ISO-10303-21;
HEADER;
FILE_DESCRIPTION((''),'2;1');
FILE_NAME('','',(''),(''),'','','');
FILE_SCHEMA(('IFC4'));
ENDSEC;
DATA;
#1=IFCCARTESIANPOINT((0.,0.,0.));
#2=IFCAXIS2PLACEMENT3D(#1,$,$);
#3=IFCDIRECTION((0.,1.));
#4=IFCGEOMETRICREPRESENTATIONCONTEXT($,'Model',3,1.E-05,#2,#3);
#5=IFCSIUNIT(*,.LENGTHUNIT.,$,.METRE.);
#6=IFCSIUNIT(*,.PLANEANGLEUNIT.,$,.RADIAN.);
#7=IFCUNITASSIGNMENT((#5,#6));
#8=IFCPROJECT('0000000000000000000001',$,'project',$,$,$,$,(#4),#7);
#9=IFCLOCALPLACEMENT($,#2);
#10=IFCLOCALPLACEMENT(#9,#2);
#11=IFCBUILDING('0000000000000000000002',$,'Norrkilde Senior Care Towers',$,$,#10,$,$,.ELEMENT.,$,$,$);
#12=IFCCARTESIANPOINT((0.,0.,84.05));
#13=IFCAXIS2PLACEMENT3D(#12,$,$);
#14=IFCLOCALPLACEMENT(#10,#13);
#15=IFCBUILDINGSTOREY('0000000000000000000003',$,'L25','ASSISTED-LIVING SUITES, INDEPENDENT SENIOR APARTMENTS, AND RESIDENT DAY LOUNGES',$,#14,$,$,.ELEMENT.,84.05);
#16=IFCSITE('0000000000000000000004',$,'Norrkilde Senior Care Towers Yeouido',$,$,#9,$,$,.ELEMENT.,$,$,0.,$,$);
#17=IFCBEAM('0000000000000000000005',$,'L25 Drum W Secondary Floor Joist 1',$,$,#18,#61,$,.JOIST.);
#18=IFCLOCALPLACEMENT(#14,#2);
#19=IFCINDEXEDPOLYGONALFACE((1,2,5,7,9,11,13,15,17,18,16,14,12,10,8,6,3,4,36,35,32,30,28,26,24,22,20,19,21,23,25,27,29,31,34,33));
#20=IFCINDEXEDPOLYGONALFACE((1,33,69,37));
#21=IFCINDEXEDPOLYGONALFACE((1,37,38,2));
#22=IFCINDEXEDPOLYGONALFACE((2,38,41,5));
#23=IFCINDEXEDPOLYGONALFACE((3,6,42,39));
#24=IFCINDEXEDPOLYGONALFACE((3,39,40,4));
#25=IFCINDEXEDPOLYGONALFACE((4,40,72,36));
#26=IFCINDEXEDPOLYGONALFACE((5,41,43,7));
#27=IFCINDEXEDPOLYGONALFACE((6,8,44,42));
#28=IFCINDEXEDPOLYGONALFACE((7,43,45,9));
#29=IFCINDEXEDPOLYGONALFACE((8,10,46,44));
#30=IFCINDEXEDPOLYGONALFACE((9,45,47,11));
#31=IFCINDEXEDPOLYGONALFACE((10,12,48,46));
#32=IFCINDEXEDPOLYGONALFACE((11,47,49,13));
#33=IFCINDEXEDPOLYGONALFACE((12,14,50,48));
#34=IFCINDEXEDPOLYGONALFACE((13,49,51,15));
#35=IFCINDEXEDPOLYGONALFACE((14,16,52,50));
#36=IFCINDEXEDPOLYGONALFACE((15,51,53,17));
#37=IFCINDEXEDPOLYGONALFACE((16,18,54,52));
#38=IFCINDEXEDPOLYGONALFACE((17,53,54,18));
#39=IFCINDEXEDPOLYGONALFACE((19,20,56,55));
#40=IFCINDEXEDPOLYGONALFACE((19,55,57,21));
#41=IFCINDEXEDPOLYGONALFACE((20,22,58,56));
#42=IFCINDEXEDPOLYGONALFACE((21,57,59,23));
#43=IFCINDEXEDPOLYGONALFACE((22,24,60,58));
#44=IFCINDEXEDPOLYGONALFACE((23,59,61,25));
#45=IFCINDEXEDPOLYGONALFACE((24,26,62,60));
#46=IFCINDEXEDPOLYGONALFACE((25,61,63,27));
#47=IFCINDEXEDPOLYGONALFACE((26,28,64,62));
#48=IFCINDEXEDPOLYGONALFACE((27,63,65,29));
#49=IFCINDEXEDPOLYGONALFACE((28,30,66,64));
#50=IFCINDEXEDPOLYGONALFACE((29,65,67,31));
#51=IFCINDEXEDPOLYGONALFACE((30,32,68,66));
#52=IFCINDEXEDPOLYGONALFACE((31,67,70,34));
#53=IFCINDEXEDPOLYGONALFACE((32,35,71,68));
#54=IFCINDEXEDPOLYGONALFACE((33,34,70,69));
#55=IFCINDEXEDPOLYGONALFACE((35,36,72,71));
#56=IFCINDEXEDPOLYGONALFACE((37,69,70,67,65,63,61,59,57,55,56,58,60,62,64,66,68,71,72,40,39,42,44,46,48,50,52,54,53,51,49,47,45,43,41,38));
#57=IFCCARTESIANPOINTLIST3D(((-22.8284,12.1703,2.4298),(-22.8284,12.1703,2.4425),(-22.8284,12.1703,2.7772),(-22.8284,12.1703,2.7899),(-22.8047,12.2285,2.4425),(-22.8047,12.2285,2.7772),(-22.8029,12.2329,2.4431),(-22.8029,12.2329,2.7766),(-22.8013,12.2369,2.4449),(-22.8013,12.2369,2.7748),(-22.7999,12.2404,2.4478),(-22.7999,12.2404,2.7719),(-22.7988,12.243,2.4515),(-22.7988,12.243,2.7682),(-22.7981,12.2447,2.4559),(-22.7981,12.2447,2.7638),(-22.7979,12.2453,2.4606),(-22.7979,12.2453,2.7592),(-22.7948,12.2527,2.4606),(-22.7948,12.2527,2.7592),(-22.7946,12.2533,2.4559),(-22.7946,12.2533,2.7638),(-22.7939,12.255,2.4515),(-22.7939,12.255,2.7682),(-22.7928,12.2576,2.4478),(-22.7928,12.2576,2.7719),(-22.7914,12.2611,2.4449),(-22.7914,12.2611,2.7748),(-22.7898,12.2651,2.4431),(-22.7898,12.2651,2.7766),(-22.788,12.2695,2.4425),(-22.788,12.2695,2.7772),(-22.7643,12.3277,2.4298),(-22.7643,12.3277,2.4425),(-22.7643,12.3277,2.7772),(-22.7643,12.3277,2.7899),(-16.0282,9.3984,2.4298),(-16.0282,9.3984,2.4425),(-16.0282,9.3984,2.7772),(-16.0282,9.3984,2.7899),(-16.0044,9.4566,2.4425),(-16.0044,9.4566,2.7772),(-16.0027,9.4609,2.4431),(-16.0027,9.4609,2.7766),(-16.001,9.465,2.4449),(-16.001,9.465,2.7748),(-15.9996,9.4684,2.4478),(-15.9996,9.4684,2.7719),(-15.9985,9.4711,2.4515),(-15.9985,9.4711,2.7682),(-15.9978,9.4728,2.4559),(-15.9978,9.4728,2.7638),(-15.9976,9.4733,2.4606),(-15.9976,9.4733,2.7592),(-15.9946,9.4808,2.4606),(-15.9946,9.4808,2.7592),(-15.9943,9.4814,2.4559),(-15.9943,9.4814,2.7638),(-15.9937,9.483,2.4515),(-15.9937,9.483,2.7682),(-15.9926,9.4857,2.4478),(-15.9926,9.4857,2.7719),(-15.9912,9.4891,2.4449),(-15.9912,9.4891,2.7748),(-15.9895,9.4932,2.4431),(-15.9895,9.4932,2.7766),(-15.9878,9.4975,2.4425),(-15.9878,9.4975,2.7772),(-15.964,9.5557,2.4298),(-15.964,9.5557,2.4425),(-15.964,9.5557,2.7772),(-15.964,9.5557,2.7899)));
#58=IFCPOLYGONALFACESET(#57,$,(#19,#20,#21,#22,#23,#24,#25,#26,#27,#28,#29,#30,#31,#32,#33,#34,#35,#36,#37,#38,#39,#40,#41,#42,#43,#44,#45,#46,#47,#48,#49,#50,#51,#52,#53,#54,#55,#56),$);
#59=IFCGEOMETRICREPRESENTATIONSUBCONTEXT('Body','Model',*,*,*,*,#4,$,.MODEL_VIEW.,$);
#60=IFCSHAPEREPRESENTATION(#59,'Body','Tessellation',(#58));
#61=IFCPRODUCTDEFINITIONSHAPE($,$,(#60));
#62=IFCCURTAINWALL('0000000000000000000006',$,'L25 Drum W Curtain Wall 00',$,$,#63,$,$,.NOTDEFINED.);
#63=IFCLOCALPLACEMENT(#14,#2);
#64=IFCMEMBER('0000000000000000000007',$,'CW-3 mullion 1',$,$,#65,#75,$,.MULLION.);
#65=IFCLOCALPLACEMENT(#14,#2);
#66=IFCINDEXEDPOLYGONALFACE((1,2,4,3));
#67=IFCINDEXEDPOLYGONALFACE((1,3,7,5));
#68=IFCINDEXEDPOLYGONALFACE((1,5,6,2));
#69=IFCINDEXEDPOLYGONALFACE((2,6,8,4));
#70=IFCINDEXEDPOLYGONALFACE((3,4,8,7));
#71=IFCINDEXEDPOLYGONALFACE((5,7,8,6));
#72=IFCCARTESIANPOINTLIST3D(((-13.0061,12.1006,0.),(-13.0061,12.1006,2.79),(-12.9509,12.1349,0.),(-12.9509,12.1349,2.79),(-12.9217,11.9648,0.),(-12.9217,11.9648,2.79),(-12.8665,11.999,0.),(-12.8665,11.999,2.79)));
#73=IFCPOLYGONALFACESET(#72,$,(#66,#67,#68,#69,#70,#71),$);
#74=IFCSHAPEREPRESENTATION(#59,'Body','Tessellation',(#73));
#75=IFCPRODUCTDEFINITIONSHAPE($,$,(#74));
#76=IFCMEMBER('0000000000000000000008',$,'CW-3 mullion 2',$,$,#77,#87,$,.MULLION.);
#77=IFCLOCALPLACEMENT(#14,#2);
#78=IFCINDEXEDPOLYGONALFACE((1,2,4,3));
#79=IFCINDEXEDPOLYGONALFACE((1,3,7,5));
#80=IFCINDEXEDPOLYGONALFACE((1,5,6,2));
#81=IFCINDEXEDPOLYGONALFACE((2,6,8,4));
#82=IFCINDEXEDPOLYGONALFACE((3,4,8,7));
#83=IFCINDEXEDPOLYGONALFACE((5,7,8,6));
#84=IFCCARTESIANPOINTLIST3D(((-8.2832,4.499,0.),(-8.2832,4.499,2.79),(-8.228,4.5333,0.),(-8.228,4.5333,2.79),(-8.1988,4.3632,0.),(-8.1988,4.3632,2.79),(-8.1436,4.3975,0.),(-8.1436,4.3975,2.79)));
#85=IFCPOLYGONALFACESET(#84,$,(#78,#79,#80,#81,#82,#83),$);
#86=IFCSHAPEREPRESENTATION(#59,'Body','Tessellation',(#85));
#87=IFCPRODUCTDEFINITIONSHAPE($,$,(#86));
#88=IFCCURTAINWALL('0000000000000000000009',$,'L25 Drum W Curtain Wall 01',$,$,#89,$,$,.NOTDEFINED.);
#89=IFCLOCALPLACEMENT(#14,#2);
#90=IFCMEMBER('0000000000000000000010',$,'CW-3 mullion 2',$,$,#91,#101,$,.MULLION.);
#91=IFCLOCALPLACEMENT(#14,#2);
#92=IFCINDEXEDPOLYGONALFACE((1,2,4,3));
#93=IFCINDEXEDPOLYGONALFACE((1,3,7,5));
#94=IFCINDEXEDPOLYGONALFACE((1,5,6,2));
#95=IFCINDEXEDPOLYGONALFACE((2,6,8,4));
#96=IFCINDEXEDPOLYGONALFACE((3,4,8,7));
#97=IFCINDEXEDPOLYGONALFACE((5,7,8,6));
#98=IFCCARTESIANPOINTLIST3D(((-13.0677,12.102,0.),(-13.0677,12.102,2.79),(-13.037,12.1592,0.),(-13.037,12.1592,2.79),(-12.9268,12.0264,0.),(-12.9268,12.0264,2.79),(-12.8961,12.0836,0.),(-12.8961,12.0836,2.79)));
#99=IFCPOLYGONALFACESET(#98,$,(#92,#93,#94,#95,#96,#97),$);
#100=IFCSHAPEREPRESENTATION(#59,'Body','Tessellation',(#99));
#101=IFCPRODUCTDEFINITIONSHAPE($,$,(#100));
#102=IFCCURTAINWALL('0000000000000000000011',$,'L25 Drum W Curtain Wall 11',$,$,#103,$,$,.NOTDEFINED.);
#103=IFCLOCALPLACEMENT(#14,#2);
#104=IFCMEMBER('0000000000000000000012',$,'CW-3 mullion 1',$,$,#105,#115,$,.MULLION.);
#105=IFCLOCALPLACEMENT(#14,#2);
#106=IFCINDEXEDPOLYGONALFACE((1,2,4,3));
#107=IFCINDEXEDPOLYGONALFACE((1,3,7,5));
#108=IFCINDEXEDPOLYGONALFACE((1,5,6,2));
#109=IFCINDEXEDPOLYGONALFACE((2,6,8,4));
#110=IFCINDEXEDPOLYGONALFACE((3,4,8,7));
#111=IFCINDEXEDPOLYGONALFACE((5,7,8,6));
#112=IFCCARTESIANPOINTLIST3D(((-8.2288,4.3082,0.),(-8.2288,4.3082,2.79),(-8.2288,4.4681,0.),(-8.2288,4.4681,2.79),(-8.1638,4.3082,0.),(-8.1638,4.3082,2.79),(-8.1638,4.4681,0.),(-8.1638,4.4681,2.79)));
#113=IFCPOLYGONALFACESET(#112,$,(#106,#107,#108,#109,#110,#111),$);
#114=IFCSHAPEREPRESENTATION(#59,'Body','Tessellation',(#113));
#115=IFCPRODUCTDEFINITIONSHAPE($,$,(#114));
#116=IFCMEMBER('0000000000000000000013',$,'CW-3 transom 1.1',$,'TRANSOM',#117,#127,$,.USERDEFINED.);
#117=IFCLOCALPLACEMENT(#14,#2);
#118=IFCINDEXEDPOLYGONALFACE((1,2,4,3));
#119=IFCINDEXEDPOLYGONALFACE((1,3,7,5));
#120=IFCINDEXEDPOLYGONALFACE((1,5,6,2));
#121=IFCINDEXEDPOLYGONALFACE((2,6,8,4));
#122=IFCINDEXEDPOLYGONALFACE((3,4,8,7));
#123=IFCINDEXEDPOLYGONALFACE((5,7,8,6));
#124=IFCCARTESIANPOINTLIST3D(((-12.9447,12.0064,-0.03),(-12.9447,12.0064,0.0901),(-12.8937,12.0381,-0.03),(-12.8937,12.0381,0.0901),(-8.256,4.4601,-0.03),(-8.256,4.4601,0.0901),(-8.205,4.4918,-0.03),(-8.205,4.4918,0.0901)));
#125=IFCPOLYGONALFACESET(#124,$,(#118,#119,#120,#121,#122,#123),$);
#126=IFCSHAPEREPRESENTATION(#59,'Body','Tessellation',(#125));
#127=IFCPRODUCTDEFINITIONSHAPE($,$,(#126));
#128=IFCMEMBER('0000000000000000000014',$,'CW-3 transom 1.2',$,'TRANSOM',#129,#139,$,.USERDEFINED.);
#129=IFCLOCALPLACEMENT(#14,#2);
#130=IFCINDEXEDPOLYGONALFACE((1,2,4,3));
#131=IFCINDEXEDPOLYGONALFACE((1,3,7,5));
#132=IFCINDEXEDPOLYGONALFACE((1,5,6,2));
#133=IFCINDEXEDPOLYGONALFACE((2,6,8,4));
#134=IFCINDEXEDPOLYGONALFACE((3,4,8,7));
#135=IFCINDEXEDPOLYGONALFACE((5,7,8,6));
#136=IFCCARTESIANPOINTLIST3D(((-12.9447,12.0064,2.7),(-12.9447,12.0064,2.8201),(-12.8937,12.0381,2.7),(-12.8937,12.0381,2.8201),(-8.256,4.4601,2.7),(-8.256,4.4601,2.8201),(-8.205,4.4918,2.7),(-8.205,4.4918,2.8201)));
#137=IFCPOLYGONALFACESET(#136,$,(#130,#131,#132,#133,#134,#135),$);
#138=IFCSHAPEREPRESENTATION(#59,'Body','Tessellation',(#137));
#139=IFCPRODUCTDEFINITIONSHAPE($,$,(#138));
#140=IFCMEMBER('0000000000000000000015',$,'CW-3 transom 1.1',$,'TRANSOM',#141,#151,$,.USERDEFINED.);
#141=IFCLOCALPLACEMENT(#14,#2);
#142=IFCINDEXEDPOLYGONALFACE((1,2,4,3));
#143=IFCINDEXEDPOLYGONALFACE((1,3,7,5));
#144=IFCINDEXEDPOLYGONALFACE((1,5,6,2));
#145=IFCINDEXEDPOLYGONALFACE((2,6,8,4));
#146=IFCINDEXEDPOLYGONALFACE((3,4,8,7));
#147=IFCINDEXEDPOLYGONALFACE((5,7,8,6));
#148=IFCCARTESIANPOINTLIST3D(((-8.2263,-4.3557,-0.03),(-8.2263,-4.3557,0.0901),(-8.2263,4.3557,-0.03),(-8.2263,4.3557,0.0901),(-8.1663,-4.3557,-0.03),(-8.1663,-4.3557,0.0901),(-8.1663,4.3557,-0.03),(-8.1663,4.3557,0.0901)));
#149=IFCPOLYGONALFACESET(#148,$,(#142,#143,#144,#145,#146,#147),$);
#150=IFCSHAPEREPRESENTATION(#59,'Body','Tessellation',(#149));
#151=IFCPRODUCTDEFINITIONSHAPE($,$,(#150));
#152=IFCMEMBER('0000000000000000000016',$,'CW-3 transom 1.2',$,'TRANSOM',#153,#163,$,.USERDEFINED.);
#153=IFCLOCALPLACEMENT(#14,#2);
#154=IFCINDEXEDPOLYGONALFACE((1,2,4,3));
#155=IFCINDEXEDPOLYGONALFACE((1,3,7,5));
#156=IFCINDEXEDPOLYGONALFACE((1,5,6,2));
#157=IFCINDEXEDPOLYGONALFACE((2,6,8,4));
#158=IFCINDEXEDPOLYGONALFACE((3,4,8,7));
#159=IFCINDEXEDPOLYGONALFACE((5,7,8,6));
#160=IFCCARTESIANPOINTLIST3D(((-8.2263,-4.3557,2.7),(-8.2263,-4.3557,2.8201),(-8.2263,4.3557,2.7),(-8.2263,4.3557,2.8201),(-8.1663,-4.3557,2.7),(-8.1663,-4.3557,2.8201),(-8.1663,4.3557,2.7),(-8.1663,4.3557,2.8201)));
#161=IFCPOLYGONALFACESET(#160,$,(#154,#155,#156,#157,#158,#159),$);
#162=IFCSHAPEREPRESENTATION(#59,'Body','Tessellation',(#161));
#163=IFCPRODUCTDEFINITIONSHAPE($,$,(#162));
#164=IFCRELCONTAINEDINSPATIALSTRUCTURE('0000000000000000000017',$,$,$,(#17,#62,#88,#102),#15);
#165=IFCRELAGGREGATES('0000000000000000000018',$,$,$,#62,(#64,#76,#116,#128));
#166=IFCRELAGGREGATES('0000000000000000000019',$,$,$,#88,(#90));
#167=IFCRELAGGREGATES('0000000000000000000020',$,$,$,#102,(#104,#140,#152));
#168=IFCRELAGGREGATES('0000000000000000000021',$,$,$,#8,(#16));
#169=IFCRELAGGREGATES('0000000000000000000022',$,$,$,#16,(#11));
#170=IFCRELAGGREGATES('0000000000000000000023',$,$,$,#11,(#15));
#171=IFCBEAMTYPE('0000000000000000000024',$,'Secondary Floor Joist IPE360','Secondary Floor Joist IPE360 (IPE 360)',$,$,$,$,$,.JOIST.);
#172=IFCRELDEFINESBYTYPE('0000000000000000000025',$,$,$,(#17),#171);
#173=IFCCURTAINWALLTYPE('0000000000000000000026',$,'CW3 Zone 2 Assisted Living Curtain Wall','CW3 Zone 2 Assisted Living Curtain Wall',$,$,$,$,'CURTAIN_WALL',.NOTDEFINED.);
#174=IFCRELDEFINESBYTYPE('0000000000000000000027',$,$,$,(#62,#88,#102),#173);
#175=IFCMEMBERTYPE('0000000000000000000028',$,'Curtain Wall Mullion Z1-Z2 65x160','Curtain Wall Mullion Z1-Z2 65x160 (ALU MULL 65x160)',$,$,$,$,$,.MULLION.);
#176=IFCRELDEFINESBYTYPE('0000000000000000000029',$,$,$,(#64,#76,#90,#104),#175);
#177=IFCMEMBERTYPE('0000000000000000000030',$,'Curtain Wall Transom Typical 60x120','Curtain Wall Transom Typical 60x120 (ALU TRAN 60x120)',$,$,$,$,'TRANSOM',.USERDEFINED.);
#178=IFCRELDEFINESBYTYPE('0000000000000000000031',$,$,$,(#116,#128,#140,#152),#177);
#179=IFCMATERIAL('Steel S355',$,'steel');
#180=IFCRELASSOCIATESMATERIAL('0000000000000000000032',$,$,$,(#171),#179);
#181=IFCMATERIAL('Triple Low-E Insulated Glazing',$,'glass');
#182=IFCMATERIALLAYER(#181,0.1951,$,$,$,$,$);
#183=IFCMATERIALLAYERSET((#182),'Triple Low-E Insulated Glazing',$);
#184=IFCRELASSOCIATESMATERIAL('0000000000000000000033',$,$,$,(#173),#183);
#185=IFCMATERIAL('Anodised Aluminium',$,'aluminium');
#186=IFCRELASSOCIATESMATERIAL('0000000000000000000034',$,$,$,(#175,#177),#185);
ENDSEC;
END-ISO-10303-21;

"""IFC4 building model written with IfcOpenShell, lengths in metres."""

from ifc_helpers import new_model, si_unit, direction, frame, origin, origin_2d, place, context, subcontext, project, spatial, rectangle, i_section, extrude, source, transform, mapped, material, layer, layer_set, material_profile, profile_set, type_object, type_shapes, element, aggregate, save


model = new_model("IFC4")

# Units and contexts
model_context = context("Model", 3, precision=1e-05, world=origin(), true_north=direction((0.0, 1.0)))
body_context = subcontext(model_context, "Body", "Model", "MODEL_VIEW")
ifc_project = project(units=[si_unit("LENGTHUNIT", "METRE"), si_unit("PLANEANGLEUNIT", "RADIAN")], contexts=[model_context])

# Site, building, storey
site_placement = place(None, origin())
site = spatial("IfcSite", under=ifc_project, at=site_placement, Name="Norrkilde Senior Care Towers Yeouido", CompositionType="ELEMENT", RefElevation=0.0)
building_placement = place(site_placement, origin())
building = spatial("IfcBuilding", under=site, at=building_placement, Name="Norrkilde Senior Care Towers", CompositionType="ELEMENT")
storey_placement = place(building_placement, frame((0.0, 0.0, 84.05)))
storey = spatial("IfcBuildingStorey", under=building, at=storey_placement, Name="L25", Description="ASSISTED-LIVING SUITES, INDEPENDENT SENIOR APARTMENTS, AND RESIDENT DAY LOUNGES", CompositionType="ELEMENT", Elevation=84.05)

# Beam
ifc_material_1 = material(Name="Steel S355", Category="steel")
ifc_material_profile_1 = material_profile(ifc_material_1, i_section(OverallWidth=0.1699, OverallDepth=0.3601, WebThickness=0.0081, FlangeThickness=0.0127, FilletRadius=0.0181, at=origin_2d()), Name="IPE 360")
ifc_profile_set_1 = profile_set([ifc_material_profile_1], Name="Steel S355")
beam_type_1 = type_object("IfcBeamType", Name="Secondary Floor Joist IPE360", Description="Secondary Floor Joist IPE360 (IPE 360)", PredefinedType="JOIST", material=ifc_profile_set_1)
shared_shape_1 = source(origin(), body_context, "Body", "SweptSolid", [
    extrude(i_section(OverallWidth=0.1699, OverallDepth=0.3601, WebThickness=0.0081, FlangeThickness=0.0127, FilletRadius=0.0181, at=origin_2d()), origin(), (0.0, 0.0, 1.0), 7.3435),
])
type_shapes(beam_type_1, [shared_shape_1])
beam_1_placement = place(storey_placement, frame((-15.9961, 9.4771, 2.6099), z_axis=(-0.926022, 0.37747, 0.0), x_axis=(-0.37747, -0.926022, 0.0)))
element("IfcBeam", 1, at=beam_1_placement, inside=storey, type_object=beam_type_1, Name="L25 Drum W Secondary Floor Joist 1", PredefinedType="JOIST", context=body_context, shape_type="MappedRepresentation", body=[
    mapped(shared_shape_1, transform((0.0, 0.0, 0.0), x_axis=(1.0, 0.0, 0.0), y_axis=(0.0, 1.0, 0.0), z_axis=(0.0, 0.0, 1.0), scale=1.0)),
])

# Curtain wall, members
ifc_material_2 = material(Name="Triple Low-E Insulated Glazing", Category="glass")
ifc_layer_1 = layer(ifc_material_2, 0.1951)
ifc_layer_set_1 = layer_set([ifc_layer_1], Name="Triple Low-E Insulated Glazing")
curtain_wall_type = type_object("IfcCurtainWallType", Name="CW3 Zone 2 Assisted Living Curtain Wall", Description="CW3 Zone 2 Assisted Living Curtain Wall", ElementType="CURTAIN_WALL", PredefinedType="NOTDEFINED", material=ifc_layer_set_1)
curtain_wall_1_placement = place(storey_placement, origin())
curtain_wall_1 = element("IfcCurtainWall", 2, at=curtain_wall_1_placement, inside=storey, type_object=curtain_wall_type, Name="L25 Drum W Curtain Wall 00", PredefinedType="NOTDEFINED")
ifc_material_3 = material(Name="Anodised Aluminium", Category="aluminium")
ifc_material_profile_2 = material_profile(ifc_material_3, rectangle(XDim=0.0649, YDim=0.1599, at=origin_2d()), Name="ALU MULL 65x160")
ifc_profile_set_2 = profile_set([ifc_material_profile_2], Name="Anodised Aluminium")
member_type_1 = type_object("IfcMemberType", Name="Curtain Wall Mullion Z1-Z2 65x160", Description="Curtain Wall Mullion Z1-Z2 65x160 (ALU MULL 65x160)", PredefinedType="MULLION", material=ifc_profile_set_2)
shared_shape_2 = source(origin(), body_context, "Body", "SweptSolid", [
    extrude(rectangle(XDim=0.0649, YDim=0.1599, at=origin_2d()), origin(), (0.0, 0.0, 1.0), 2.79),
])
type_shapes(member_type_1, [shared_shape_2])
member_1_placement = place(storey_placement, frame((-12.9363, 12.0498, 0.0), z_axis=(0.0, 0.0, 1.0), x_axis=(0.84941, 0.527733, 0.0)))
member_1 = element("IfcMember", 3, at=member_1_placement, type_object=member_type_1, Name="CW-3 mullion 1", PredefinedType="MULLION", context=body_context, shape_type="MappedRepresentation", body=[
    mapped(shared_shape_2, transform((0.0, 0.0, 0.0), x_axis=(1.0, 0.0, 0.0), y_axis=(0.0, 1.0, 0.0), z_axis=(0.0, 0.0, 1.0), scale=1.0)),
])
member_2_placement = place(storey_placement, frame((-8.2134, 4.4482, 0.0), z_axis=(0.0, 0.0, 1.0), x_axis=(0.84941, 0.527733, 0.0)))
member_2 = element("IfcMember", 4, at=member_2_placement, type_object=member_type_1, Name="CW-3 mullion 2", PredefinedType="MULLION", context=body_context, shape_type="MappedRepresentation", body=[
    mapped(shared_shape_2, transform((0.0, 0.0, 0.0), x_axis=(1.0, 0.0, 0.0), y_axis=(0.0, 1.0, 0.0), z_axis=(0.0, 0.0, 1.0), scale=1.0)),
])

# Curtain walls, members
curtain_wall_2_placement = place(storey_placement, origin())
curtain_wall_2 = element("IfcCurtainWall", 5, at=curtain_wall_2_placement, inside=storey, type_object=curtain_wall_type, Name="L25 Drum W Curtain Wall 01", PredefinedType="NOTDEFINED")
member_3_placement = place(storey_placement, frame((-12.9819, 12.0928, 0.0), z_axis=(0.0, 0.0, 1.0), x_axis=(0.472769, 0.881186, 0.0)))
member_3 = element("IfcMember", 6, at=member_3_placement, type_object=member_type_1, Name="CW-3 mullion 2", PredefinedType="MULLION", context=body_context, shape_type="MappedRepresentation", body=[
    mapped(shared_shape_2, transform((0.0, 0.0, 0.0), x_axis=(1.0, 0.0, 0.0), y_axis=(0.0, 1.0, 0.0), z_axis=(0.0, 0.0, 1.0), scale=1.0)),
])
curtain_wall_3_placement = place(storey_placement, origin())
curtain_wall_3 = element("IfcCurtainWall", 7, at=curtain_wall_3_placement, inside=storey, type_object=curtain_wall_type, Name="L25 Drum W Curtain Wall 11", PredefinedType="NOTDEFINED")
member_4_placement = place(storey_placement, frame((-8.1963, 4.3882, 0.0), z_axis=(0.0, 0.0, 1.0), x_axis=(1.0, 0.0, 0.0)))
member_4 = element("IfcMember", 8, at=member_4_placement, type_object=member_type_1, Name="CW-3 mullion 1", PredefinedType="MULLION", context=body_context, shape_type="MappedRepresentation", body=[
    mapped(shared_shape_2, transform((0.0, 0.0, 0.0), x_axis=(1.0, 0.0, 0.0), y_axis=(0.0, 1.0, 0.0), z_axis=(0.0, 0.0, 1.0), scale=1.0)),
])

# Members
ifc_material_profile_3 = material_profile(ifc_material_3, rectangle(XDim=0.0601, YDim=0.1201, at=origin_2d()), Name="ALU TRAN 60x120")
ifc_profile_set_3 = profile_set([ifc_material_profile_3], Name="Anodised Aluminium")
member_type_2 = type_object("IfcMemberType", Name="Curtain Wall Transom Typical 60x120", Description="Curtain Wall Transom Typical 60x120 (ALU TRAN 60x120)", ElementType="TRANSOM", PredefinedType="USERDEFINED", material=ifc_profile_set_3)
shared_shape_3 = source(origin(), body_context, "Body", "SweptSolid", [
    extrude(rectangle(XDim=0.0601, YDim=0.1201, at=origin_2d()), origin(), (0.0, 0.0, 1.0), 8.8843),
])
member_5_placement = place(storey_placement, frame((-12.9192, 12.0222, 0.03), z_axis=(0.527749, -0.8494, 0.0), x_axis=(0.8494, 0.527749, 0.0)))
member_5 = element("IfcMember", 9, at=member_5_placement, type_object=member_type_2, Name="CW-3 transom 1.1", ObjectType="TRANSOM", PredefinedType="USERDEFINED", context=body_context, shape_type="MappedRepresentation", body=[
    mapped(shared_shape_3, transform((0.0, 0.0, 0.0), x_axis=(1.0, 0.0, 0.0), y_axis=(0.0, 1.0, 0.0), z_axis=(0.0, 0.0, 1.0), scale=1.0)),
])
member_6_placement = place(storey_placement, frame((-12.9192, 12.0222, 2.76), z_axis=(0.527749, -0.8494, 0.0), x_axis=(0.8494, 0.527749, 0.0)))
member_6 = element("IfcMember", 10, at=member_6_placement, type_object=member_type_2, Name="CW-3 transom 1.2", ObjectType="TRANSOM", PredefinedType="USERDEFINED", context=body_context, shape_type="MappedRepresentation", body=[
    mapped(shared_shape_3, transform((0.0, 0.0, 0.0), x_axis=(1.0, 0.0, 0.0), y_axis=(0.0, 1.0, 0.0), z_axis=(0.0, 0.0, 1.0), scale=1.0)),
])
shared_shape_4 = source(origin(), body_context, "Body", "SweptSolid", [
    extrude(rectangle(XDim=0.0601, YDim=0.1201, at=origin_2d()), origin(), (0.0, 0.0, 1.0), 8.7114),
])
type_shapes(member_type_2, [shared_shape_3, shared_shape_4])
member_7_placement = place(storey_placement, frame((-8.1963, 4.3557, 0.03), z_axis=(0.0, -1.0, 0.0), x_axis=(1.0, 0.0, 0.0)))
member_7 = element("IfcMember", 11, at=member_7_placement, type_object=member_type_2, Name="CW-3 transom 1.1", ObjectType="TRANSOM", PredefinedType="USERDEFINED", context=body_context, shape_type="MappedRepresentation", body=[
    mapped(shared_shape_4, transform((0.0, 0.0, 0.0), x_axis=(1.0, 0.0, 0.0), y_axis=(0.0, 1.0, 0.0), z_axis=(0.0, 0.0, 1.0), scale=1.0)),
])
member_8_placement = place(storey_placement, frame((-8.1963, 4.3557, 2.76), z_axis=(0.0, -1.0, 0.0), x_axis=(1.0, 0.0, 0.0)))
member_8 = element("IfcMember", 12, at=member_8_placement, type_object=member_type_2, Name="CW-3 transom 1.2", ObjectType="TRANSOM", PredefinedType="USERDEFINED", context=body_context, shape_type="MappedRepresentation", body=[
    mapped(shared_shape_4, transform((0.0, 0.0, 0.0), x_axis=(1.0, 0.0, 0.0), y_axis=(0.0, 1.0, 0.0), z_axis=(0.0, 0.0, 1.0), scale=1.0)),
])

aggregate(curtain_wall_1, [member_1, member_2, member_5, member_6])
aggregate(curtain_wall_2, [member_3])
aggregate(curtain_wall_3, [member_4, member_7, member_8])

save(model, "model.ifc")
